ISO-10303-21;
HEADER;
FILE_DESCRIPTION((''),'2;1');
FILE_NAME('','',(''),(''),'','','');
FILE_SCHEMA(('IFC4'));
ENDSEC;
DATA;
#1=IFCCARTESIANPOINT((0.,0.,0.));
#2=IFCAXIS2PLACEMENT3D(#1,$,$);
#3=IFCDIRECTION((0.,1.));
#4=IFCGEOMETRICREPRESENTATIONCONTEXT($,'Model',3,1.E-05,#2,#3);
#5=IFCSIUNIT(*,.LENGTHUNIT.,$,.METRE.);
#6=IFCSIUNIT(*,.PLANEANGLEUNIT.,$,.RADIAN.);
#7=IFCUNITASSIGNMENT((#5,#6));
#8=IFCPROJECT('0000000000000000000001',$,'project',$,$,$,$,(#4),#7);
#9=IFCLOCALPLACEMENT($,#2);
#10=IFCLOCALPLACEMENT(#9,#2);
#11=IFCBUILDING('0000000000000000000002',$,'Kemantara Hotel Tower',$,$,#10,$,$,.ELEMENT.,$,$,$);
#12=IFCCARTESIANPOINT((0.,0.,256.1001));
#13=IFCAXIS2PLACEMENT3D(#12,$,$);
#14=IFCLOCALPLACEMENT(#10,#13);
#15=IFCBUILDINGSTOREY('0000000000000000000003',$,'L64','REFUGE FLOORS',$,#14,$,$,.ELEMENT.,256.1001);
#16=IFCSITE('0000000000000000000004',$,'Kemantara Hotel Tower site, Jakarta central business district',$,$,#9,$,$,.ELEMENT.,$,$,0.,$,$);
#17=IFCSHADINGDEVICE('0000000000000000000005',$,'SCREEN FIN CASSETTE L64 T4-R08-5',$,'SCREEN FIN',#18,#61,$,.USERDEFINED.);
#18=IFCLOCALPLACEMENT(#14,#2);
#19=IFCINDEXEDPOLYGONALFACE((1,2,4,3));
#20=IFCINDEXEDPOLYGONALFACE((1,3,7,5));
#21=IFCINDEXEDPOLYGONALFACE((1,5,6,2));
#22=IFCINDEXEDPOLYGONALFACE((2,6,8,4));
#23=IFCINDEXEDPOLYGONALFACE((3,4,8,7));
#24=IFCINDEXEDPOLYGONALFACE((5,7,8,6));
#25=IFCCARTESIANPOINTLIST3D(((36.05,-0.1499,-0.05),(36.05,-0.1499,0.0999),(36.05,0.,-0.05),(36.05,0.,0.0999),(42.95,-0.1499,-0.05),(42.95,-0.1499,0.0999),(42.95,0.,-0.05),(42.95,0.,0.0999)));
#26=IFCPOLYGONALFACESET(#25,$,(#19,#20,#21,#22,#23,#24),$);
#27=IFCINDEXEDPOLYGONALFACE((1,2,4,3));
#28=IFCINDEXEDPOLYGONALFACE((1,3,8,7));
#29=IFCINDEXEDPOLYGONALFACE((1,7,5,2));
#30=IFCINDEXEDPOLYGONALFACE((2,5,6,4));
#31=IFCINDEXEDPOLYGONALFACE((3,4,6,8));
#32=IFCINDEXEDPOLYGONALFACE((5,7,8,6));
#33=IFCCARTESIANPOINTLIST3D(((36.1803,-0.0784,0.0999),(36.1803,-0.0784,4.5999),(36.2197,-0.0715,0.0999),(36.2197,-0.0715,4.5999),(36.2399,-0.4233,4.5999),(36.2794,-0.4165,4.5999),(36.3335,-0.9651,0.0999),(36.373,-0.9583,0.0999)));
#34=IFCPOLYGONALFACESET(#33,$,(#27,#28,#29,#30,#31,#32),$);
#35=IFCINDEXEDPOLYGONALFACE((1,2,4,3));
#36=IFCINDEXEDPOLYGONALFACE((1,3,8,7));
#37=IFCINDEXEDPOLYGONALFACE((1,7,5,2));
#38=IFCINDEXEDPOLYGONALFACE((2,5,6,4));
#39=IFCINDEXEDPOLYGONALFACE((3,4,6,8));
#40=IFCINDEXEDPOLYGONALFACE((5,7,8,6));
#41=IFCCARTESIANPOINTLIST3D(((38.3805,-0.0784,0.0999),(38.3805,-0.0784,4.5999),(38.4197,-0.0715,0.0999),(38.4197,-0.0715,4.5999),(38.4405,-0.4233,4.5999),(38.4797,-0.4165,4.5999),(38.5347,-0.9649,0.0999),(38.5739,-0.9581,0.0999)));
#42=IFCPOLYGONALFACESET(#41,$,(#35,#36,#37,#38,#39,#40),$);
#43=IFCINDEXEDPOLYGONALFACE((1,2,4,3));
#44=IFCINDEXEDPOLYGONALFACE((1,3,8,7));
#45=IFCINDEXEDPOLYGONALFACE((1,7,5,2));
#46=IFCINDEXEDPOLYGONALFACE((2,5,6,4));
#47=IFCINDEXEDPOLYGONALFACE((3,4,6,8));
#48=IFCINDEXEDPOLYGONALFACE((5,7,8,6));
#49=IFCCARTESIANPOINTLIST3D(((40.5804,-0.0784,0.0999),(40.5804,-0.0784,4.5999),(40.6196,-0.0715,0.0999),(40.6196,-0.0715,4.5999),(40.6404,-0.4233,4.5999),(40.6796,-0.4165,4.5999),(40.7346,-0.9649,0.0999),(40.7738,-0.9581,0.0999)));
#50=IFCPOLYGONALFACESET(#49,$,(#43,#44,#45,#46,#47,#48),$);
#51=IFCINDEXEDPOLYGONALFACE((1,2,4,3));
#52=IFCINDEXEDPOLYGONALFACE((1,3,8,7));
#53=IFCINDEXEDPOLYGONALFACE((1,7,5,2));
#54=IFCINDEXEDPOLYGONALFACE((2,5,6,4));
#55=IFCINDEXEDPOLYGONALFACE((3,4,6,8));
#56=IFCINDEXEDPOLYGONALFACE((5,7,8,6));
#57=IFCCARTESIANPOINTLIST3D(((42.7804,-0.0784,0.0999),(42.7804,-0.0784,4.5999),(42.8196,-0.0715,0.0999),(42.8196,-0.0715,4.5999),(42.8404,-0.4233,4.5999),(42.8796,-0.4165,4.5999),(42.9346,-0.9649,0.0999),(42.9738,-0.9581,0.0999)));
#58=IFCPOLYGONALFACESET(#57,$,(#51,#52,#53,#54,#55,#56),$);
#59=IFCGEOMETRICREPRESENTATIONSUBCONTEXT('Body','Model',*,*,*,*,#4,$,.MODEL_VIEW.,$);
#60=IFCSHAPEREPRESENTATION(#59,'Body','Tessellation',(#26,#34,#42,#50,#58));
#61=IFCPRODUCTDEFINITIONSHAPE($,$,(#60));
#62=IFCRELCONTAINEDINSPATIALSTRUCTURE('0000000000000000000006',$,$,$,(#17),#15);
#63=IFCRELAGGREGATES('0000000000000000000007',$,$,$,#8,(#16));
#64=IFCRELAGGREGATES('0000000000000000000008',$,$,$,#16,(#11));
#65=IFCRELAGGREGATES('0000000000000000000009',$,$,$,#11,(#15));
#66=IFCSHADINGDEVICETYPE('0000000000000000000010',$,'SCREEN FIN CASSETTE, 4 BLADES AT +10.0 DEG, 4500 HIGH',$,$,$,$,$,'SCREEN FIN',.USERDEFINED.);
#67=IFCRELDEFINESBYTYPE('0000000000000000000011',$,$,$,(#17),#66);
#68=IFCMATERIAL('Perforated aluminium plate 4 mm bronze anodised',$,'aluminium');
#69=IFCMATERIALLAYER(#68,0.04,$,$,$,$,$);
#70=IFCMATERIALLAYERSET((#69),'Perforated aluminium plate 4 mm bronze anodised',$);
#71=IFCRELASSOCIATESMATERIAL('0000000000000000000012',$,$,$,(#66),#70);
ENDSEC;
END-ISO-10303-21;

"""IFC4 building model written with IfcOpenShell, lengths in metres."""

from ifc_helpers import new_model, si_unit, direction, frame, origin, origin_2d, place, context, subcontext, project, spatial, polyline, rectangle, outline, extrude, source, transform, mapped, material, layer, layer_set, type_object, element, save


model = new_model("IFC4")

# Units and contexts
model_context = context("Model", 3, precision=1e-05, world=origin(), true_north=direction((0.0, 1.0)))
body_context = subcontext(model_context, "Body", "Model", "MODEL_VIEW")
ifc_project = project(units=[si_unit("LENGTHUNIT", "METRE"), si_unit("PLANEANGLEUNIT", "RADIAN")], contexts=[model_context])

# Site, building, storey
site_placement = place(None, origin())
site = spatial("IfcSite", under=ifc_project, at=site_placement, Name="Kemantara Hotel Tower site, Jakarta central business district", CompositionType="ELEMENT", RefElevation=0.0)
building_placement = place(site_placement, origin())
building = spatial("IfcBuilding", under=site, at=building_placement, Name="Kemantara Hotel Tower", CompositionType="ELEMENT")
storey_placement = place(building_placement, frame((0.0, 0.0, 256.1001)))
storey = spatial("IfcBuildingStorey", under=building, at=storey_placement, Name="L64", Description="REFUGE FLOORS", CompositionType="ELEMENT", Elevation=256.1001)

# Shading device
ifc_material_1 = material(Name="Perforated aluminium plate 4 mm bronze anodised", Category="aluminium")
ifc_layer_1 = layer(ifc_material_1, 0.04)
ifc_layer_set_1 = layer_set([ifc_layer_1], Name="Perforated aluminium plate 4 mm bronze anodised")
shading_device_type = type_object("IfcShadingDeviceType", Name="SCREEN FIN CASSETTE, 4 BLADES AT +10.0 DEG, 4500 HIGH", ElementType="SCREEN FIN", PredefinedType="USERDEFINED", material=ifc_layer_set_1)
shared_shape_1 = source(origin(), body_context, "Body", "SweptSolid", [
    extrude(rectangle(XDim=6.8999, YDim=0.1499, at=origin_2d()), frame((3.3, -0.075, -0.1499), z_axis=(0.0, 0.0, 1.0), x_axis=(1.0, 0.0, 0.0)), (0.0, 0.0, 1.0), 0.1499),
    extrude(outline(polyline([(0.0, 0.0), (0.8999, 0.0), (0.3501, 4.5), (0.0, 4.5), (0.0, 0.0)])), frame((0.0198, -0.0715, 0.0), z_axis=(-0.98539, -0.170314, 0.0), x_axis=(0.170314, -0.98539, 0.0)), (0.0, 0.0, 1.0), 0.04),
    extrude(outline(polyline([(0.0, 0.0), (0.8999, 0.0), (0.3501, 4.5), (0.0, 4.5), (0.0, 0.0)])), frame((2.2197, -0.0715, 0.0), z_axis=(-0.985212, -0.171341, 0.0), x_axis=(0.171341, -0.985212, 0.0)), (0.0, 0.0, 1.0), 0.0398),
    extrude(outline(polyline([(0.0, 0.0), (0.8999, 0.0), (0.3501, 4.5), (0.0, 4.5), (0.0, 0.0)])), frame((4.4197, -0.0715, 0.0), z_axis=(-0.985212, -0.171341, 0.0), x_axis=(0.171341, -0.985212, 0.0)), (0.0, 0.0, 1.0), 0.0398),
    extrude(outline(polyline([(0.0, 0.0), (0.8999, 0.0), (0.3501, 4.5), (0.0, 4.5), (0.0, 0.0)])), frame((6.6196, -0.0715, 0.0), z_axis=(-0.985212, -0.171341, 0.0), x_axis=(0.171341, -0.985212, 0.0)), (0.0, 0.0, 1.0), 0.0398),
])
shading_device_placement = place(storey_placement, frame((36.2, 0.0, 0.0999), z_axis=(0.0, 0.0, 1.0), x_axis=(1.0, 0.0, 0.0)))
element("IfcShadingDevice", 1, at=shading_device_placement, inside=storey, type_object=shading_device_type, Name="SCREEN FIN CASSETTE L64 T4-R08-5", ObjectType="SCREEN FIN", PredefinedType="USERDEFINED", context=body_context, shape_type="MappedRepresentation", body=[
    mapped(shared_shape_1, transform((0.0, 0.0, 0.0))),
])

save(model, "model.ifc")
